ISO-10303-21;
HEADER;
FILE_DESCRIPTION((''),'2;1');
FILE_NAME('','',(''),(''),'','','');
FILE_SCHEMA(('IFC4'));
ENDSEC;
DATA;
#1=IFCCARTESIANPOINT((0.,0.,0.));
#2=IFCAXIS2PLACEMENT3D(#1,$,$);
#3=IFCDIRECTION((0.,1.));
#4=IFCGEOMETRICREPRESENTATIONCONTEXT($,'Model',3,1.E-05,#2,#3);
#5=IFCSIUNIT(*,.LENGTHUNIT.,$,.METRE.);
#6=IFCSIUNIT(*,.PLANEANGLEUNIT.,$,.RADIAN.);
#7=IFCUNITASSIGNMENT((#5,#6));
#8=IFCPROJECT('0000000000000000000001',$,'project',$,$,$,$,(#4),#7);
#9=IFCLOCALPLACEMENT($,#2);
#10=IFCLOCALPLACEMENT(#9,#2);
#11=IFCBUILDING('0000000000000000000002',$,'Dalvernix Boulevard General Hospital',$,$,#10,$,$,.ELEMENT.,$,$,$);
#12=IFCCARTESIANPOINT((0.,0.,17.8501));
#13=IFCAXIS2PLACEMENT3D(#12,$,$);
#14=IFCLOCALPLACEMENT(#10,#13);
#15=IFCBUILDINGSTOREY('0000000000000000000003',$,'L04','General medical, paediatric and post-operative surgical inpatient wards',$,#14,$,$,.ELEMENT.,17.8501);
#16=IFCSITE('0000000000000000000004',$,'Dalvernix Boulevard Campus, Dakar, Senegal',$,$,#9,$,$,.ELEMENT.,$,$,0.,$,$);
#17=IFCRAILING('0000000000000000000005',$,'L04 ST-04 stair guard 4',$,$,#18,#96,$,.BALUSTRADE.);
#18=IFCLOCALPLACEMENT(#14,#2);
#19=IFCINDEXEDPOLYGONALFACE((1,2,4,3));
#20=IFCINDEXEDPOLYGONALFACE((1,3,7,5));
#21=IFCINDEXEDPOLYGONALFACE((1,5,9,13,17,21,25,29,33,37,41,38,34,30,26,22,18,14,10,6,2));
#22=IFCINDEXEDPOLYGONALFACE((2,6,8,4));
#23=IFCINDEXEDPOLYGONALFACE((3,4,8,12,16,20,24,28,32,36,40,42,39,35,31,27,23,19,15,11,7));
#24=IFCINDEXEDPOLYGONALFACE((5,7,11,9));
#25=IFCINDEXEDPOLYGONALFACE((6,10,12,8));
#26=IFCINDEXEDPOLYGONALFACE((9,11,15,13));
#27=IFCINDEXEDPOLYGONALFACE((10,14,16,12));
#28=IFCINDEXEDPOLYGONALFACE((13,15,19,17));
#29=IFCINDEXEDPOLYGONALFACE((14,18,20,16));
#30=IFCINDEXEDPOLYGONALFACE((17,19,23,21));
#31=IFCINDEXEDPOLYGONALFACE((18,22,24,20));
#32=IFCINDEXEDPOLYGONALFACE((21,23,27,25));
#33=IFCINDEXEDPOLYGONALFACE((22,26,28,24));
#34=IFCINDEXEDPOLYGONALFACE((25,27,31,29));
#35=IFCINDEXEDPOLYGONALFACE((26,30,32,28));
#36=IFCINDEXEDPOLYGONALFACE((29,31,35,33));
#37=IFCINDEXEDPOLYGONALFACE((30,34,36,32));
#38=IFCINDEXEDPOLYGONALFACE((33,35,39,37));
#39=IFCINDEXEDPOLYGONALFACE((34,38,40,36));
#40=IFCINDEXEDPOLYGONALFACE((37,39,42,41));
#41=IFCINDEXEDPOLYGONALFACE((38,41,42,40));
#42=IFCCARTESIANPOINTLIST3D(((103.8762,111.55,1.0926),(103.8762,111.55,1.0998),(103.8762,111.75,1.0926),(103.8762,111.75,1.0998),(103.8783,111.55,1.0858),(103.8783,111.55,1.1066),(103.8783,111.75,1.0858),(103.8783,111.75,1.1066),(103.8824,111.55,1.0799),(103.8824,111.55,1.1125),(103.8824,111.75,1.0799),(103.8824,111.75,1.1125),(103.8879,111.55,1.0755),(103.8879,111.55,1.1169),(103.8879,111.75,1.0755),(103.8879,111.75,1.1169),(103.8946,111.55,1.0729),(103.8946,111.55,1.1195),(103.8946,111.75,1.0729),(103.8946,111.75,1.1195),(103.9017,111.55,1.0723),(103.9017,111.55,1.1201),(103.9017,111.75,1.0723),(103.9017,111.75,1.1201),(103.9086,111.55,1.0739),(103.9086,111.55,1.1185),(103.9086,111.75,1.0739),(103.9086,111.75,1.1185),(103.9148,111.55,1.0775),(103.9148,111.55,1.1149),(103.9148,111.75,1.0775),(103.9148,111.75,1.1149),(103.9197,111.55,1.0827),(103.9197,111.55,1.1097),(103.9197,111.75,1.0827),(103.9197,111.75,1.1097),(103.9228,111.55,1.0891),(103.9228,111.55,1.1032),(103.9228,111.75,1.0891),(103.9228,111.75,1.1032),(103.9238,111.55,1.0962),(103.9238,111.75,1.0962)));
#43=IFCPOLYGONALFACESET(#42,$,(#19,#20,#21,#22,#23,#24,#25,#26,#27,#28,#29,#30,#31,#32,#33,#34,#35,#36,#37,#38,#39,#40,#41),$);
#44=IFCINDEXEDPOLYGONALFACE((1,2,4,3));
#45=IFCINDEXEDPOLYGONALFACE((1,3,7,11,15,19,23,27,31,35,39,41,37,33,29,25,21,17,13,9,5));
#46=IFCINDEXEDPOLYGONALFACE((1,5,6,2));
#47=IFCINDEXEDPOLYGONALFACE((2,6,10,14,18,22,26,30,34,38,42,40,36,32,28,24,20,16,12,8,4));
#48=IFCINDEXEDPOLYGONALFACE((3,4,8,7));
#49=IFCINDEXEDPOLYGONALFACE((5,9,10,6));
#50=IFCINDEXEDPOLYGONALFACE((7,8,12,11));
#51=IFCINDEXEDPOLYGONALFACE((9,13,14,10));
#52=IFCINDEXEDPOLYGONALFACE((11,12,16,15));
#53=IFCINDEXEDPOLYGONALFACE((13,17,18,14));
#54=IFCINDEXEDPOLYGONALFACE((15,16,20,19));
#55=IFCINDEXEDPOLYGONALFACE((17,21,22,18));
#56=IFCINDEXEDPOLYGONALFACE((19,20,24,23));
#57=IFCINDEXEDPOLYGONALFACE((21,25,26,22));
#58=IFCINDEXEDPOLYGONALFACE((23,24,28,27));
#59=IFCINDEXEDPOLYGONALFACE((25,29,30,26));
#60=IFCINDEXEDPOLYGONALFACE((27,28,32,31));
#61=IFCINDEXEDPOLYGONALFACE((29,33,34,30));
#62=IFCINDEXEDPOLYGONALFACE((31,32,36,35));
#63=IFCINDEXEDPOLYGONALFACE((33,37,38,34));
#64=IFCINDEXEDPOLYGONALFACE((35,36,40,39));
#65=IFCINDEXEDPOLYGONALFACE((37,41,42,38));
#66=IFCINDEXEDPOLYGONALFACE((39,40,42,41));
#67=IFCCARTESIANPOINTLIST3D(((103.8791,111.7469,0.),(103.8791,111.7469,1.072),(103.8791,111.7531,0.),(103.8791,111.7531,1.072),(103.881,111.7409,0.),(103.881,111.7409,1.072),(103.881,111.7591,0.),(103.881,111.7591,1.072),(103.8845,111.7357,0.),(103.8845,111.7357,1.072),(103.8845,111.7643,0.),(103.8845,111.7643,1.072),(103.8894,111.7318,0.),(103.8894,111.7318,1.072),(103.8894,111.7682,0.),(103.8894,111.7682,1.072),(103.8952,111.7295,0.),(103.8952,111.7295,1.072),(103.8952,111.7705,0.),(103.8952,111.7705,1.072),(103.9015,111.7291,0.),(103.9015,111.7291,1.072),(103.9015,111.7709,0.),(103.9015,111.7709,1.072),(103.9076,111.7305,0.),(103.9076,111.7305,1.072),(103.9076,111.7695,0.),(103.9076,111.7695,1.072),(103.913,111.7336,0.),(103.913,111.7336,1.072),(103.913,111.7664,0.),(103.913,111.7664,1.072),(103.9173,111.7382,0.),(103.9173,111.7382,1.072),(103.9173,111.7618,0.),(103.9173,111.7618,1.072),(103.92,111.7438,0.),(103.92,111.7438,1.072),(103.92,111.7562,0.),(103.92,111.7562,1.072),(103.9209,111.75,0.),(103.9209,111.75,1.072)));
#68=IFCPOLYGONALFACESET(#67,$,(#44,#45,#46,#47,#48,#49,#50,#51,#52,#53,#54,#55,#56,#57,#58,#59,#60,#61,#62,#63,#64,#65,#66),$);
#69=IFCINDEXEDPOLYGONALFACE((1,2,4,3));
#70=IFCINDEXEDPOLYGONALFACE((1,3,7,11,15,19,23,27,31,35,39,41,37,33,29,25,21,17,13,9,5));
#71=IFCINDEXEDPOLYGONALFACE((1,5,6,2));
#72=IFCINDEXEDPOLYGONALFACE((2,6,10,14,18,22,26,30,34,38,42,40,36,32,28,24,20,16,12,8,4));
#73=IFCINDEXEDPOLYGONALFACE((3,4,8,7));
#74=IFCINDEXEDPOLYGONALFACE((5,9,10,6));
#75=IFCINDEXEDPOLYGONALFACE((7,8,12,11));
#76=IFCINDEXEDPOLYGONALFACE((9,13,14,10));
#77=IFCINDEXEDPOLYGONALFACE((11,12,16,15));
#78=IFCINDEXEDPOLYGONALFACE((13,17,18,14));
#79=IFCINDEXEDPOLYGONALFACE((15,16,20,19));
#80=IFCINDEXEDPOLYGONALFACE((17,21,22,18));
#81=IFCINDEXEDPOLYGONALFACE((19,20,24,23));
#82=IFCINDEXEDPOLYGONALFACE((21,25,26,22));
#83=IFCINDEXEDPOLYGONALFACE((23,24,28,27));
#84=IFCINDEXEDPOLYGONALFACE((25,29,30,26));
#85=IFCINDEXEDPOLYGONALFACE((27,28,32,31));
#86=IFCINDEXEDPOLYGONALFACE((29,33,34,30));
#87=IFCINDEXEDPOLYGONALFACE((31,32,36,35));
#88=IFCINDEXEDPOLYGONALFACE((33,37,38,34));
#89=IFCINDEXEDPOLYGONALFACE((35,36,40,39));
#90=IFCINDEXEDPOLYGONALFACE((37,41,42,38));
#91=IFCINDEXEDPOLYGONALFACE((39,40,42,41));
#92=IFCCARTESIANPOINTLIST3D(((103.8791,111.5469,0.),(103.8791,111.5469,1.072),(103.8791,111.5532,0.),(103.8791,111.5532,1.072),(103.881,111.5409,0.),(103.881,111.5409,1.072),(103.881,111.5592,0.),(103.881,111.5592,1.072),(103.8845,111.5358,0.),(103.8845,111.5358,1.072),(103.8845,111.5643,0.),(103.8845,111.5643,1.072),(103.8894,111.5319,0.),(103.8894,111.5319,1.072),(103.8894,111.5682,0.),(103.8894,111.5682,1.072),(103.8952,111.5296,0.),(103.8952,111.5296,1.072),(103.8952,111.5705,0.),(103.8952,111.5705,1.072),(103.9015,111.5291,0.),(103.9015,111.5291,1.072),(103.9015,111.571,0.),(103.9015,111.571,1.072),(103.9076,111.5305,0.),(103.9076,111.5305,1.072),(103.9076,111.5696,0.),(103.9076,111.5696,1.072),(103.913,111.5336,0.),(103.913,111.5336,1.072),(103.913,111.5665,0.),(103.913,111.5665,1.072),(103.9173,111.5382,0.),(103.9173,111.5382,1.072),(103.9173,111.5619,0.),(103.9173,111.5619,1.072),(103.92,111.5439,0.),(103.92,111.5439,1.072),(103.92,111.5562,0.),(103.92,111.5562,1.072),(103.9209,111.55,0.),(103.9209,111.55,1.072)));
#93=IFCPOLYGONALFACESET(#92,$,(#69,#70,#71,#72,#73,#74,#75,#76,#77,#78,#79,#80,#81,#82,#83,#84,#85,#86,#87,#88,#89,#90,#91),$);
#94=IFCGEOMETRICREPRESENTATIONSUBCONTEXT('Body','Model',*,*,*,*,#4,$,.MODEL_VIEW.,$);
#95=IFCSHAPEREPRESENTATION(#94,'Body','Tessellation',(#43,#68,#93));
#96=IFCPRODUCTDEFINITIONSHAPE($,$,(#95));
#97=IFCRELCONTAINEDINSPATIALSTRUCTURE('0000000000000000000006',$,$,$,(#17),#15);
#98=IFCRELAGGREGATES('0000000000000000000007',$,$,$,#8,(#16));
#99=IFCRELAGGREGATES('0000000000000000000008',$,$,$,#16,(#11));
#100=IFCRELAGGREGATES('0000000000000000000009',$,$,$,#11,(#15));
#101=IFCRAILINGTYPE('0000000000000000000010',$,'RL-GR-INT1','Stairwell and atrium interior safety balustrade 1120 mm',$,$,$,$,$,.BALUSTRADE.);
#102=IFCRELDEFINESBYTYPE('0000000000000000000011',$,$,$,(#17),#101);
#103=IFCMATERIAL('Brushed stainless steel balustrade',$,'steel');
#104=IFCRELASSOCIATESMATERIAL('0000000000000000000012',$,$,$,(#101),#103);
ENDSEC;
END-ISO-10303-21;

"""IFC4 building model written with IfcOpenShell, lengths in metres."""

from ifc_helpers import new_model, si_unit, direction, frame, origin, origin_2d, place, context, subcontext, project, spatial, circle, extrude, material, type_object, element, save


model = new_model("IFC4")

# Units and contexts
model_context = context("Model", 3, precision=1e-05, world=origin(), true_north=direction((0.0, 1.0)))
body_context = subcontext(model_context, "Body", "Model", "MODEL_VIEW")
ifc_project = project(units=[si_unit("LENGTHUNIT", "METRE"), si_unit("PLANEANGLEUNIT", "RADIAN")], contexts=[model_context])

# Site, building, storey
site_placement = place(None, origin())
site = spatial("IfcSite", under=ifc_project, at=site_placement, Name="Dalvernix Boulevard Campus, Dakar, Senegal", CompositionType="ELEMENT", RefElevation=0.0)
building_placement = place(site_placement, origin())
building = spatial("IfcBuilding", under=site, at=building_placement, Name="Dalvernix Boulevard General Hospital", CompositionType="ELEMENT")
storey_placement = place(building_placement, frame((0.0, 0.0, 17.8501)))
storey = spatial("IfcBuildingStorey", under=building, at=storey_placement, Name="L04", Description="General medical, paediatric and post-operative surgical inpatient wards", CompositionType="ELEMENT", Elevation=17.8501)

# Railing
ifc_material_1 = material(Name="Brushed stainless steel balustrade", Category="steel")
railing_type_1 = type_object("IfcRailingType", Name="RL-GR-INT1", Description="Stairwell and atrium interior safety balustrade 1120 mm", PredefinedType="BALUSTRADE", material=ifc_material_1)
railing_1_placement = place(storey_placement, frame((103.8999, 111.75, 0.0)))
element("IfcRailing", 1, at=railing_1_placement, inside=storey, type_object=railing_type_1, Name="L04 ST-04 stair guard 4", PredefinedType="BALUSTRADE", context=body_context, shape_type="SweptSolid", body=[
    extrude(circle(Radius=0.0239, at=origin_2d()), frame((0.0, 0.0, 1.0962), z_axis=(0.0, -1.0, 0.0), x_axis=(1.0, 0.0, 0.0)), (0.0, 0.0, 1.0), 0.2),
    extrude(circle(Radius=0.021, at=origin_2d()), origin(), (0.0, 0.0, 1.0), 1.072),
    extrude(circle(Radius=0.021, at=origin_2d()), frame((0.0, -0.2, 0.0)), (0.0, 0.0, 1.0), 1.072),
])

save(model, "model.ifc")
